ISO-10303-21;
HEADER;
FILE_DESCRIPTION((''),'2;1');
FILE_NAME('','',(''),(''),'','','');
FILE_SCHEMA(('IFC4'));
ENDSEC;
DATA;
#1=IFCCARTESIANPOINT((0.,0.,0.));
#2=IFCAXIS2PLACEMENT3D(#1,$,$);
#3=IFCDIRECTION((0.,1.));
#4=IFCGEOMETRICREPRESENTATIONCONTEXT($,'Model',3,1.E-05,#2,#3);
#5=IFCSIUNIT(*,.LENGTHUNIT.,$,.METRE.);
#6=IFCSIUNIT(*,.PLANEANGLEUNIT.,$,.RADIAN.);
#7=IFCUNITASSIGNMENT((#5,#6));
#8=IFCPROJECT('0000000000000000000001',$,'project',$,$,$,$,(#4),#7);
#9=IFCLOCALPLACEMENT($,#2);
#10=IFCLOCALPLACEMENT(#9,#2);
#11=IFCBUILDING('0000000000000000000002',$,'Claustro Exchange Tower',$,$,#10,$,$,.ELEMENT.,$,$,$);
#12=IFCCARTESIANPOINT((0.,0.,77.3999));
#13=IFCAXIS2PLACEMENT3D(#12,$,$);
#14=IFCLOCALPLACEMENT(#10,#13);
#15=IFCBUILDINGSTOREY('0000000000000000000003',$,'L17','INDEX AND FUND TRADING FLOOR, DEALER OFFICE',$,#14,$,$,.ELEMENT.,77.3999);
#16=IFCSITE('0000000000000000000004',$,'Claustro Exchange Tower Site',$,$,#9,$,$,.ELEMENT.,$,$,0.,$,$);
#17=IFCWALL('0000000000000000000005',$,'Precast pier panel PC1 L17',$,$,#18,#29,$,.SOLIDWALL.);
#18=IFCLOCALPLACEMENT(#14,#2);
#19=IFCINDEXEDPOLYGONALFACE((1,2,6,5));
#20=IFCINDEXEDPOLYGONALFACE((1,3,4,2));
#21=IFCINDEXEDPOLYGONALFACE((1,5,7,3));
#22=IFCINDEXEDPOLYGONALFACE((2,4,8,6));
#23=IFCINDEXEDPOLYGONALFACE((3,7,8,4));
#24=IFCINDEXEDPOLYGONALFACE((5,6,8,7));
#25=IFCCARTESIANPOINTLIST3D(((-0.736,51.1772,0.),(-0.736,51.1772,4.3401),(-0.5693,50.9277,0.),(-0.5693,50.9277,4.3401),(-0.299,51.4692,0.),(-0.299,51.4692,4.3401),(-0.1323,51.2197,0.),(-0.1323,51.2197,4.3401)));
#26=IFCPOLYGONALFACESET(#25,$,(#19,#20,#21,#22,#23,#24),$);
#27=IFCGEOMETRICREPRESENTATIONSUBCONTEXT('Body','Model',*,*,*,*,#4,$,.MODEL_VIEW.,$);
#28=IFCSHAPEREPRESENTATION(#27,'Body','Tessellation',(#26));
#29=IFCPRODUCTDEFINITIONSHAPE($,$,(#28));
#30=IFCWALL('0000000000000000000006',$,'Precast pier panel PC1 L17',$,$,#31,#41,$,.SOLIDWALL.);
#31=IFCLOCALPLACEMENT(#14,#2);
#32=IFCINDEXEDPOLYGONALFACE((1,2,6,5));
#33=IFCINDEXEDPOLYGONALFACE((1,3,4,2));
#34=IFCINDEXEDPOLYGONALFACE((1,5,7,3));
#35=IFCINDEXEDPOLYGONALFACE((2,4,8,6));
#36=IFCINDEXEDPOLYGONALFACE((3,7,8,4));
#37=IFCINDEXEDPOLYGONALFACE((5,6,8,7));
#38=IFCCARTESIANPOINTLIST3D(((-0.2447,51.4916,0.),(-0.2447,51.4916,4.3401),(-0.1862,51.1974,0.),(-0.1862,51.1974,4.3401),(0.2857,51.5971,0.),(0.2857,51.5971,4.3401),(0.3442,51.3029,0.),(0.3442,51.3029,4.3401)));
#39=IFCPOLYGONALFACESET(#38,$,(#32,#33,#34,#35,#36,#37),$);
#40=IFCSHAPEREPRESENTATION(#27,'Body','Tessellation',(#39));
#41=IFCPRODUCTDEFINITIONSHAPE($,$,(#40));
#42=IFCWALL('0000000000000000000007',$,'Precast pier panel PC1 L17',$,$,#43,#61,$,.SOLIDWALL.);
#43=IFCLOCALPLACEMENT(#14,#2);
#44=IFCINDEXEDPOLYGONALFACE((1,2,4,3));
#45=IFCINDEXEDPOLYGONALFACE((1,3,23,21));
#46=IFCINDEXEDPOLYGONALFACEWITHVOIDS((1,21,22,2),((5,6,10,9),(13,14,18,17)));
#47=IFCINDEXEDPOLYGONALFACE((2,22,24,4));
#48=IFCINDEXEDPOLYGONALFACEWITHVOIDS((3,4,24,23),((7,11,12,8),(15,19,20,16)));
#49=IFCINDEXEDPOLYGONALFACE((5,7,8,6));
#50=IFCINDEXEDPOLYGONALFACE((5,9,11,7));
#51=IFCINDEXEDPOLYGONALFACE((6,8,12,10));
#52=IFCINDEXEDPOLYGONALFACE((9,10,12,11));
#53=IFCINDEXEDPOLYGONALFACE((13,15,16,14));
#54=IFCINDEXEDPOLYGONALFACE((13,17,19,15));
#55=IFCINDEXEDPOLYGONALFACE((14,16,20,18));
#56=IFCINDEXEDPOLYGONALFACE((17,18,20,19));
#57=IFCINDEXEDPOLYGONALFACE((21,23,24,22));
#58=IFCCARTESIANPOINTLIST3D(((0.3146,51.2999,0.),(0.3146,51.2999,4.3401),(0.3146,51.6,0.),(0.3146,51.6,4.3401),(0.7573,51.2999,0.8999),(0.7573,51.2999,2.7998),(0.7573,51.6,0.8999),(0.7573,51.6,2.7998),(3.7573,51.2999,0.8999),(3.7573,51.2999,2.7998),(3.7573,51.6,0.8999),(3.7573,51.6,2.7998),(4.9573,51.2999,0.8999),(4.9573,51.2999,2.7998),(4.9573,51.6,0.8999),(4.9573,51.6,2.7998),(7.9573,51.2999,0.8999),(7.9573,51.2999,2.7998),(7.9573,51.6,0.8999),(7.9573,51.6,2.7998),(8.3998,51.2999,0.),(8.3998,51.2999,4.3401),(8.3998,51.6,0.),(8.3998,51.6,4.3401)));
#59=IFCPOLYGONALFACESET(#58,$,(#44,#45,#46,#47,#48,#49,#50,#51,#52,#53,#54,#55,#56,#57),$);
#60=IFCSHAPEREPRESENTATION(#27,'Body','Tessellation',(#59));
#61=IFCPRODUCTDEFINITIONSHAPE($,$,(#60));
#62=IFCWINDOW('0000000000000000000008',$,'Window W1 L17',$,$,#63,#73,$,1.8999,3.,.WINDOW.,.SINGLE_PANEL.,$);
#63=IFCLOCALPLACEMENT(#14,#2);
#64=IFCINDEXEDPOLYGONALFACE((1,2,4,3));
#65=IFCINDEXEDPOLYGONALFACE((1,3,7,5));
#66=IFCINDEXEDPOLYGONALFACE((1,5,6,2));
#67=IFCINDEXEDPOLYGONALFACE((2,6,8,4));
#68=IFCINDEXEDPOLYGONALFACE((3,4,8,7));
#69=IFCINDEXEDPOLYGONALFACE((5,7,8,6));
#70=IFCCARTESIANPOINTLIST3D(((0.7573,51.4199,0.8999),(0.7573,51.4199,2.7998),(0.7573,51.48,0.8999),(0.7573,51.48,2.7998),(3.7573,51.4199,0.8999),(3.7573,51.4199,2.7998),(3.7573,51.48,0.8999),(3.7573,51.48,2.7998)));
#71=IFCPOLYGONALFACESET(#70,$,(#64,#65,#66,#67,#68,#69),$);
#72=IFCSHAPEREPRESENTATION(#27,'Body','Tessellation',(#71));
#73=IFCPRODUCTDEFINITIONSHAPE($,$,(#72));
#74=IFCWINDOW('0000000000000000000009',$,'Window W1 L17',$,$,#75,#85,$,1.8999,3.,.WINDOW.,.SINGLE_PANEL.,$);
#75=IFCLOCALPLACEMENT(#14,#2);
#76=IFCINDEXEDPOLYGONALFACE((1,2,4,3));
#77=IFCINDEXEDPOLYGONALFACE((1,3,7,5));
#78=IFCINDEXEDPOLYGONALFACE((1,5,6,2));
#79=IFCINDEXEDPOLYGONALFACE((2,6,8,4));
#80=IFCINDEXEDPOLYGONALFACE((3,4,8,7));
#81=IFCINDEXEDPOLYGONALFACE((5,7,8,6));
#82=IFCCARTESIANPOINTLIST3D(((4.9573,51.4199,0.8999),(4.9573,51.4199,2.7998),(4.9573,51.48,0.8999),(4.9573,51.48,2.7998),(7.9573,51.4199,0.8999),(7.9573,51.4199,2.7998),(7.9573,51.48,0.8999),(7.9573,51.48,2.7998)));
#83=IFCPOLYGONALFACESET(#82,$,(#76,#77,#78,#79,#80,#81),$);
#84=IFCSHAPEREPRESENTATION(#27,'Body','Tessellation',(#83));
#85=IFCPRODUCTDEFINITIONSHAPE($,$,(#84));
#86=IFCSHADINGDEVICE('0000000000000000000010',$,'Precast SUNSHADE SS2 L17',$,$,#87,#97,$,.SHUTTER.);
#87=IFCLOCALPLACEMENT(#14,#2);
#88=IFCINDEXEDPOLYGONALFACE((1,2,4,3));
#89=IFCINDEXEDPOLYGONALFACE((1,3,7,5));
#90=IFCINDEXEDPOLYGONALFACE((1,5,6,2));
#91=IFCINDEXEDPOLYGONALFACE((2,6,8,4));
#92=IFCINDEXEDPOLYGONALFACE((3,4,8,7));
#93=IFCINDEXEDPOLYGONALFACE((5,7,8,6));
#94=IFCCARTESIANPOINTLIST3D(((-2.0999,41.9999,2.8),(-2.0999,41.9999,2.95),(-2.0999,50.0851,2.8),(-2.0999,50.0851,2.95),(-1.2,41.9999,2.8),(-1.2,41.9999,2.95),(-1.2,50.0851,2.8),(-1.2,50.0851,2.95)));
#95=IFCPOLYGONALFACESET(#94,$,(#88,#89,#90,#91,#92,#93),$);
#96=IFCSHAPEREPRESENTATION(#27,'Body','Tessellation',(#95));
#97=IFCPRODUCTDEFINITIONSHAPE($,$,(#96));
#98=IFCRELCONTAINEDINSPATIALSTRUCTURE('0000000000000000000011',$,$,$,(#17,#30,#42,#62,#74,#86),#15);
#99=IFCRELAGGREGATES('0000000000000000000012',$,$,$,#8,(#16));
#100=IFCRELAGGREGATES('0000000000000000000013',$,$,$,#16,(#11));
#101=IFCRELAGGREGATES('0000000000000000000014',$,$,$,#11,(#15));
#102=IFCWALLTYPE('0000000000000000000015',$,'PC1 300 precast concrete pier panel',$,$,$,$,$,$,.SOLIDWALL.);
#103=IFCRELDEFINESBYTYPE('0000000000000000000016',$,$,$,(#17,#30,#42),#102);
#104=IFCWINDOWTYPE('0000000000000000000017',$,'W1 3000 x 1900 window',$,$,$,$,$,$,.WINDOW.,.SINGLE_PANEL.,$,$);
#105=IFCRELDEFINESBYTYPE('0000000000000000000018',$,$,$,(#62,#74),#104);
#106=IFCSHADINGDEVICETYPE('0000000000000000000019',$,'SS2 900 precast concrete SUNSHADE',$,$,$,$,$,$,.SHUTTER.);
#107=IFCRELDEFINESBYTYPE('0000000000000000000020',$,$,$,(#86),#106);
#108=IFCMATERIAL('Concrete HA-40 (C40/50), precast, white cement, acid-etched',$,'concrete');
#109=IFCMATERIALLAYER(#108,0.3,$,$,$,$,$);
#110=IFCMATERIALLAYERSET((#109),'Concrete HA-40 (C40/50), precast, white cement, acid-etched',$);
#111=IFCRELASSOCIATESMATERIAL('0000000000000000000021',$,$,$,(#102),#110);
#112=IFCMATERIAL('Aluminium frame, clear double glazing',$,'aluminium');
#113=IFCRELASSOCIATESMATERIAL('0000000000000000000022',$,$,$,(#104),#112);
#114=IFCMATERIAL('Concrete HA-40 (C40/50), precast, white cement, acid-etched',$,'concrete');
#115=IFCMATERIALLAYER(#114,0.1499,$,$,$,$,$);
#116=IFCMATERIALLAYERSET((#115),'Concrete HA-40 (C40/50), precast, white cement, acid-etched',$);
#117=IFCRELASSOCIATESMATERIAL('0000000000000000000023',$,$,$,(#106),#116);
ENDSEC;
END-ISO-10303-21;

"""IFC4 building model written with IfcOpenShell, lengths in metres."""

from ifc_helpers import new_model, si_unit, direction, frame, frame_2d, origin, origin_2d, place, context, subcontext, project, spatial, rectangle, extrude, material, layer, layer_set, type_object, element, fill, save


model = new_model("IFC4")

# Units and contexts
model_context = context("Model", 3, precision=1e-05, world=origin(), true_north=direction((0.0, 1.0)))
body_context = subcontext(model_context, "Body", "Model", "MODEL_VIEW")
ifc_project = project(units=[si_unit("LENGTHUNIT", "METRE"), si_unit("PLANEANGLEUNIT", "RADIAN")], contexts=[model_context])

# Site, building, storey
site_placement = place(None, origin())
site = spatial("IfcSite", under=ifc_project, at=site_placement, Name="Claustro Exchange Tower Site", CompositionType="ELEMENT", RefElevation=0.0)
building_placement = place(site_placement, origin())
building = spatial("IfcBuilding", under=site, at=building_placement, Name="Claustro Exchange Tower", CompositionType="ELEMENT")
storey_placement = place(building_placement, frame((0.0, 0.0, 77.3999)))
storey = spatial("IfcBuildingStorey", under=building, at=storey_placement, Name="L17", Description="INDEX AND FUND TRADING FLOOR, DEALER OFFICE", CompositionType="ELEMENT", Elevation=77.3999)

# Walls
ifc_material_1 = material(Name="Concrete HA-40 (C40/50), precast, white cement, acid-etched", Category="concrete")
ifc_layer_1 = layer(ifc_material_1, 0.3)
ifc_layer_set_1 = layer_set([ifc_layer_1], Name="Concrete HA-40 (C40/50), precast, white cement, acid-etched")
wall_type_1 = type_object("IfcWallType", Name="PC1 300 precast concrete pier panel", PredefinedType="SOLIDWALL", material=ifc_layer_set_1)
for number, where, z_axis, x_axis, name in (
    (1, (-0.6526, 51.0525, 0.0), (0.0, 0.0, 1.0), (0.831478, 0.555557, 0.0), "Precast pier panel PC1 L17"),
):
    element("IfcWall", number, at=place(storey_placement, frame(where, z_axis=z_axis, x_axis=x_axis)), inside=storey, type_object=wall_type_1, Name=name, PredefinedType="SOLIDWALL", context=body_context, shape_type="SweptSolid", body=[
        extrude(rectangle(XDim=0.5256, YDim=0.3, at=frame_2d((0.2627, 0.0))), origin(), (0.0, 0.0, 1.0), 4.3401),
    ])
wall_1_placement = place(storey_placement, frame((-0.2156, 51.3445, 0.0), z_axis=(0.0, 0.0, 1.0), x_axis=(0.980789, 0.195074, 0.0)))
element("IfcWall", 2, at=wall_1_placement, inside=storey, type_object=wall_type_1, Name="Precast pier panel PC1 L17", PredefinedType="SOLIDWALL", context=body_context, shape_type="SweptSolid", body=[
    extrude(rectangle(XDim=0.5408, YDim=0.3, at=frame_2d((0.2705, 0.0))), origin(), (0.0, 0.0, 1.0), 4.3401),
])

# Wall, openings, windows
wall_2_placement = place(storey_placement, frame((0.3147, 51.45, 0.0), z_axis=(0.0, 0.0, 1.0), x_axis=(1.0, 0.0, 0.0)))
wall_2 = element("IfcWall", 3, at=wall_2_placement, inside=storey, type_object=wall_type_1, Name="Precast pier panel PC1 L17", PredefinedType="SOLIDWALL", context=body_context, shape_type="SweptSolid", body=[
    extrude(rectangle(XDim=8.0852, YDim=0.3, at=frame_2d((4.0425, 0.0))), origin(), (0.0, 0.0, 1.0), 4.3401),
])
opening_1_placement = place(wall_2_placement, frame((0.4426, 0.0, 0.8999)))
opening_1 = element("IfcOpeningElement", 4, at=opening_1_placement, cuts=wall_2, PredefinedType="OPENING", context=body_context, shape_type="SweptSolid", body=[
    extrude(rectangle(XDim=3.0, YDim=1.8999, at=frame_2d((1.5, 0.95))), frame((0.0, 0.1599, 0.0), z_axis=(0.0, -1.0, 0.0), x_axis=(1.0, 0.0, 0.0)), (0.0, 0.0, 1.0), 0.3201),
])
opening_2_placement = place(wall_2_placement, frame((4.6426, 0.0, 0.8999)))
opening_2 = element("IfcOpeningElement", 5, at=opening_2_placement, cuts=wall_2, PredefinedType="OPENING", context=body_context, shape_type="SweptSolid", body=[
    extrude(rectangle(XDim=3.0, YDim=1.8999, at=frame_2d((1.5, 0.95))), frame((0.0, 0.1599, 0.0), z_axis=(0.0, -1.0, 0.0), x_axis=(1.0, 0.0, 0.0)), (0.0, 0.0, 1.0), 0.3201),
])
ifc_material_2 = material(Name="Aluminium frame, clear double glazing", Category="aluminium")
window_type = type_object("IfcWindowType", Name="W1 3000 x 1900 window", PartitioningType="SINGLE_PANEL", PredefinedType="WINDOW", material=ifc_material_2)
window_1_placement = place(opening_1_placement, origin())
window_1 = element("IfcWindow", 6, at=window_1_placement, inside=storey, type_object=window_type, Name="Window W1 L17", OverallHeight=1.8999, OverallWidth=3.0, PartitioningType="SINGLE_PANEL", PredefinedType="WINDOW", context=body_context, shape_type="SweptSolid", body=[
    extrude(rectangle(XDim=3.0, YDim=1.8999, at=frame_2d((1.5, 0.95))), frame((0.0, 0.03, 0.0), z_axis=(0.0, -1.0, 0.0), x_axis=(1.0, 0.0, 0.0)), (0.0, 0.0, 1.0), 0.0601),
])
fill(opening_1, window_1)
window_2_placement = place(opening_2_placement, origin())
window_2 = element("IfcWindow", 7, at=window_2_placement, inside=storey, type_object=window_type, Name="Window W1 L17", OverallHeight=1.8999, OverallWidth=3.0, PartitioningType="SINGLE_PANEL", PredefinedType="WINDOW", context=body_context, shape_type="SweptSolid", body=[
    extrude(rectangle(XDim=3.0, YDim=1.8999, at=frame_2d((1.5, 0.95))), frame((0.0, 0.03, 0.0), z_axis=(0.0, -1.0, 0.0), x_axis=(1.0, 0.0, 0.0)), (0.0, 0.0, 1.0), 0.0601),
])
fill(opening_2, window_2)

# Shading device
ifc_material_3 = material(Name="Concrete HA-40 (C40/50), precast, white cement, acid-etched", Category="concrete")
ifc_layer_2 = layer(ifc_material_3, 0.1499)
ifc_layer_set_2 = layer_set([ifc_layer_2], Name="Concrete HA-40 (C40/50), precast, white cement, acid-etched")
shading_device_type = type_object("IfcShadingDeviceType", Name="SS2 900 precast concrete SUNSHADE", PredefinedType="SHUTTER", material=ifc_layer_set_2)
shading_device_placement = place(storey_placement, frame((-1.6499, 46.0425, 2.8), z_axis=(0.0, 0.0, 1.0), x_axis=(0.0, 1.0, 0.0)))
element("IfcShadingDevice", 8, at=shading_device_placement, inside=storey, type_object=shading_device_type, Name="Precast SUNSHADE SS2 L17", PredefinedType="SHUTTER", context=body_context, shape_type="SweptSolid", body=[
    extrude(rectangle(XDim=8.0852, YDim=0.8999, at=origin_2d()), origin(), (0.0, 0.0, 1.0), 0.1499),
])

save(model, "model.ifc")
